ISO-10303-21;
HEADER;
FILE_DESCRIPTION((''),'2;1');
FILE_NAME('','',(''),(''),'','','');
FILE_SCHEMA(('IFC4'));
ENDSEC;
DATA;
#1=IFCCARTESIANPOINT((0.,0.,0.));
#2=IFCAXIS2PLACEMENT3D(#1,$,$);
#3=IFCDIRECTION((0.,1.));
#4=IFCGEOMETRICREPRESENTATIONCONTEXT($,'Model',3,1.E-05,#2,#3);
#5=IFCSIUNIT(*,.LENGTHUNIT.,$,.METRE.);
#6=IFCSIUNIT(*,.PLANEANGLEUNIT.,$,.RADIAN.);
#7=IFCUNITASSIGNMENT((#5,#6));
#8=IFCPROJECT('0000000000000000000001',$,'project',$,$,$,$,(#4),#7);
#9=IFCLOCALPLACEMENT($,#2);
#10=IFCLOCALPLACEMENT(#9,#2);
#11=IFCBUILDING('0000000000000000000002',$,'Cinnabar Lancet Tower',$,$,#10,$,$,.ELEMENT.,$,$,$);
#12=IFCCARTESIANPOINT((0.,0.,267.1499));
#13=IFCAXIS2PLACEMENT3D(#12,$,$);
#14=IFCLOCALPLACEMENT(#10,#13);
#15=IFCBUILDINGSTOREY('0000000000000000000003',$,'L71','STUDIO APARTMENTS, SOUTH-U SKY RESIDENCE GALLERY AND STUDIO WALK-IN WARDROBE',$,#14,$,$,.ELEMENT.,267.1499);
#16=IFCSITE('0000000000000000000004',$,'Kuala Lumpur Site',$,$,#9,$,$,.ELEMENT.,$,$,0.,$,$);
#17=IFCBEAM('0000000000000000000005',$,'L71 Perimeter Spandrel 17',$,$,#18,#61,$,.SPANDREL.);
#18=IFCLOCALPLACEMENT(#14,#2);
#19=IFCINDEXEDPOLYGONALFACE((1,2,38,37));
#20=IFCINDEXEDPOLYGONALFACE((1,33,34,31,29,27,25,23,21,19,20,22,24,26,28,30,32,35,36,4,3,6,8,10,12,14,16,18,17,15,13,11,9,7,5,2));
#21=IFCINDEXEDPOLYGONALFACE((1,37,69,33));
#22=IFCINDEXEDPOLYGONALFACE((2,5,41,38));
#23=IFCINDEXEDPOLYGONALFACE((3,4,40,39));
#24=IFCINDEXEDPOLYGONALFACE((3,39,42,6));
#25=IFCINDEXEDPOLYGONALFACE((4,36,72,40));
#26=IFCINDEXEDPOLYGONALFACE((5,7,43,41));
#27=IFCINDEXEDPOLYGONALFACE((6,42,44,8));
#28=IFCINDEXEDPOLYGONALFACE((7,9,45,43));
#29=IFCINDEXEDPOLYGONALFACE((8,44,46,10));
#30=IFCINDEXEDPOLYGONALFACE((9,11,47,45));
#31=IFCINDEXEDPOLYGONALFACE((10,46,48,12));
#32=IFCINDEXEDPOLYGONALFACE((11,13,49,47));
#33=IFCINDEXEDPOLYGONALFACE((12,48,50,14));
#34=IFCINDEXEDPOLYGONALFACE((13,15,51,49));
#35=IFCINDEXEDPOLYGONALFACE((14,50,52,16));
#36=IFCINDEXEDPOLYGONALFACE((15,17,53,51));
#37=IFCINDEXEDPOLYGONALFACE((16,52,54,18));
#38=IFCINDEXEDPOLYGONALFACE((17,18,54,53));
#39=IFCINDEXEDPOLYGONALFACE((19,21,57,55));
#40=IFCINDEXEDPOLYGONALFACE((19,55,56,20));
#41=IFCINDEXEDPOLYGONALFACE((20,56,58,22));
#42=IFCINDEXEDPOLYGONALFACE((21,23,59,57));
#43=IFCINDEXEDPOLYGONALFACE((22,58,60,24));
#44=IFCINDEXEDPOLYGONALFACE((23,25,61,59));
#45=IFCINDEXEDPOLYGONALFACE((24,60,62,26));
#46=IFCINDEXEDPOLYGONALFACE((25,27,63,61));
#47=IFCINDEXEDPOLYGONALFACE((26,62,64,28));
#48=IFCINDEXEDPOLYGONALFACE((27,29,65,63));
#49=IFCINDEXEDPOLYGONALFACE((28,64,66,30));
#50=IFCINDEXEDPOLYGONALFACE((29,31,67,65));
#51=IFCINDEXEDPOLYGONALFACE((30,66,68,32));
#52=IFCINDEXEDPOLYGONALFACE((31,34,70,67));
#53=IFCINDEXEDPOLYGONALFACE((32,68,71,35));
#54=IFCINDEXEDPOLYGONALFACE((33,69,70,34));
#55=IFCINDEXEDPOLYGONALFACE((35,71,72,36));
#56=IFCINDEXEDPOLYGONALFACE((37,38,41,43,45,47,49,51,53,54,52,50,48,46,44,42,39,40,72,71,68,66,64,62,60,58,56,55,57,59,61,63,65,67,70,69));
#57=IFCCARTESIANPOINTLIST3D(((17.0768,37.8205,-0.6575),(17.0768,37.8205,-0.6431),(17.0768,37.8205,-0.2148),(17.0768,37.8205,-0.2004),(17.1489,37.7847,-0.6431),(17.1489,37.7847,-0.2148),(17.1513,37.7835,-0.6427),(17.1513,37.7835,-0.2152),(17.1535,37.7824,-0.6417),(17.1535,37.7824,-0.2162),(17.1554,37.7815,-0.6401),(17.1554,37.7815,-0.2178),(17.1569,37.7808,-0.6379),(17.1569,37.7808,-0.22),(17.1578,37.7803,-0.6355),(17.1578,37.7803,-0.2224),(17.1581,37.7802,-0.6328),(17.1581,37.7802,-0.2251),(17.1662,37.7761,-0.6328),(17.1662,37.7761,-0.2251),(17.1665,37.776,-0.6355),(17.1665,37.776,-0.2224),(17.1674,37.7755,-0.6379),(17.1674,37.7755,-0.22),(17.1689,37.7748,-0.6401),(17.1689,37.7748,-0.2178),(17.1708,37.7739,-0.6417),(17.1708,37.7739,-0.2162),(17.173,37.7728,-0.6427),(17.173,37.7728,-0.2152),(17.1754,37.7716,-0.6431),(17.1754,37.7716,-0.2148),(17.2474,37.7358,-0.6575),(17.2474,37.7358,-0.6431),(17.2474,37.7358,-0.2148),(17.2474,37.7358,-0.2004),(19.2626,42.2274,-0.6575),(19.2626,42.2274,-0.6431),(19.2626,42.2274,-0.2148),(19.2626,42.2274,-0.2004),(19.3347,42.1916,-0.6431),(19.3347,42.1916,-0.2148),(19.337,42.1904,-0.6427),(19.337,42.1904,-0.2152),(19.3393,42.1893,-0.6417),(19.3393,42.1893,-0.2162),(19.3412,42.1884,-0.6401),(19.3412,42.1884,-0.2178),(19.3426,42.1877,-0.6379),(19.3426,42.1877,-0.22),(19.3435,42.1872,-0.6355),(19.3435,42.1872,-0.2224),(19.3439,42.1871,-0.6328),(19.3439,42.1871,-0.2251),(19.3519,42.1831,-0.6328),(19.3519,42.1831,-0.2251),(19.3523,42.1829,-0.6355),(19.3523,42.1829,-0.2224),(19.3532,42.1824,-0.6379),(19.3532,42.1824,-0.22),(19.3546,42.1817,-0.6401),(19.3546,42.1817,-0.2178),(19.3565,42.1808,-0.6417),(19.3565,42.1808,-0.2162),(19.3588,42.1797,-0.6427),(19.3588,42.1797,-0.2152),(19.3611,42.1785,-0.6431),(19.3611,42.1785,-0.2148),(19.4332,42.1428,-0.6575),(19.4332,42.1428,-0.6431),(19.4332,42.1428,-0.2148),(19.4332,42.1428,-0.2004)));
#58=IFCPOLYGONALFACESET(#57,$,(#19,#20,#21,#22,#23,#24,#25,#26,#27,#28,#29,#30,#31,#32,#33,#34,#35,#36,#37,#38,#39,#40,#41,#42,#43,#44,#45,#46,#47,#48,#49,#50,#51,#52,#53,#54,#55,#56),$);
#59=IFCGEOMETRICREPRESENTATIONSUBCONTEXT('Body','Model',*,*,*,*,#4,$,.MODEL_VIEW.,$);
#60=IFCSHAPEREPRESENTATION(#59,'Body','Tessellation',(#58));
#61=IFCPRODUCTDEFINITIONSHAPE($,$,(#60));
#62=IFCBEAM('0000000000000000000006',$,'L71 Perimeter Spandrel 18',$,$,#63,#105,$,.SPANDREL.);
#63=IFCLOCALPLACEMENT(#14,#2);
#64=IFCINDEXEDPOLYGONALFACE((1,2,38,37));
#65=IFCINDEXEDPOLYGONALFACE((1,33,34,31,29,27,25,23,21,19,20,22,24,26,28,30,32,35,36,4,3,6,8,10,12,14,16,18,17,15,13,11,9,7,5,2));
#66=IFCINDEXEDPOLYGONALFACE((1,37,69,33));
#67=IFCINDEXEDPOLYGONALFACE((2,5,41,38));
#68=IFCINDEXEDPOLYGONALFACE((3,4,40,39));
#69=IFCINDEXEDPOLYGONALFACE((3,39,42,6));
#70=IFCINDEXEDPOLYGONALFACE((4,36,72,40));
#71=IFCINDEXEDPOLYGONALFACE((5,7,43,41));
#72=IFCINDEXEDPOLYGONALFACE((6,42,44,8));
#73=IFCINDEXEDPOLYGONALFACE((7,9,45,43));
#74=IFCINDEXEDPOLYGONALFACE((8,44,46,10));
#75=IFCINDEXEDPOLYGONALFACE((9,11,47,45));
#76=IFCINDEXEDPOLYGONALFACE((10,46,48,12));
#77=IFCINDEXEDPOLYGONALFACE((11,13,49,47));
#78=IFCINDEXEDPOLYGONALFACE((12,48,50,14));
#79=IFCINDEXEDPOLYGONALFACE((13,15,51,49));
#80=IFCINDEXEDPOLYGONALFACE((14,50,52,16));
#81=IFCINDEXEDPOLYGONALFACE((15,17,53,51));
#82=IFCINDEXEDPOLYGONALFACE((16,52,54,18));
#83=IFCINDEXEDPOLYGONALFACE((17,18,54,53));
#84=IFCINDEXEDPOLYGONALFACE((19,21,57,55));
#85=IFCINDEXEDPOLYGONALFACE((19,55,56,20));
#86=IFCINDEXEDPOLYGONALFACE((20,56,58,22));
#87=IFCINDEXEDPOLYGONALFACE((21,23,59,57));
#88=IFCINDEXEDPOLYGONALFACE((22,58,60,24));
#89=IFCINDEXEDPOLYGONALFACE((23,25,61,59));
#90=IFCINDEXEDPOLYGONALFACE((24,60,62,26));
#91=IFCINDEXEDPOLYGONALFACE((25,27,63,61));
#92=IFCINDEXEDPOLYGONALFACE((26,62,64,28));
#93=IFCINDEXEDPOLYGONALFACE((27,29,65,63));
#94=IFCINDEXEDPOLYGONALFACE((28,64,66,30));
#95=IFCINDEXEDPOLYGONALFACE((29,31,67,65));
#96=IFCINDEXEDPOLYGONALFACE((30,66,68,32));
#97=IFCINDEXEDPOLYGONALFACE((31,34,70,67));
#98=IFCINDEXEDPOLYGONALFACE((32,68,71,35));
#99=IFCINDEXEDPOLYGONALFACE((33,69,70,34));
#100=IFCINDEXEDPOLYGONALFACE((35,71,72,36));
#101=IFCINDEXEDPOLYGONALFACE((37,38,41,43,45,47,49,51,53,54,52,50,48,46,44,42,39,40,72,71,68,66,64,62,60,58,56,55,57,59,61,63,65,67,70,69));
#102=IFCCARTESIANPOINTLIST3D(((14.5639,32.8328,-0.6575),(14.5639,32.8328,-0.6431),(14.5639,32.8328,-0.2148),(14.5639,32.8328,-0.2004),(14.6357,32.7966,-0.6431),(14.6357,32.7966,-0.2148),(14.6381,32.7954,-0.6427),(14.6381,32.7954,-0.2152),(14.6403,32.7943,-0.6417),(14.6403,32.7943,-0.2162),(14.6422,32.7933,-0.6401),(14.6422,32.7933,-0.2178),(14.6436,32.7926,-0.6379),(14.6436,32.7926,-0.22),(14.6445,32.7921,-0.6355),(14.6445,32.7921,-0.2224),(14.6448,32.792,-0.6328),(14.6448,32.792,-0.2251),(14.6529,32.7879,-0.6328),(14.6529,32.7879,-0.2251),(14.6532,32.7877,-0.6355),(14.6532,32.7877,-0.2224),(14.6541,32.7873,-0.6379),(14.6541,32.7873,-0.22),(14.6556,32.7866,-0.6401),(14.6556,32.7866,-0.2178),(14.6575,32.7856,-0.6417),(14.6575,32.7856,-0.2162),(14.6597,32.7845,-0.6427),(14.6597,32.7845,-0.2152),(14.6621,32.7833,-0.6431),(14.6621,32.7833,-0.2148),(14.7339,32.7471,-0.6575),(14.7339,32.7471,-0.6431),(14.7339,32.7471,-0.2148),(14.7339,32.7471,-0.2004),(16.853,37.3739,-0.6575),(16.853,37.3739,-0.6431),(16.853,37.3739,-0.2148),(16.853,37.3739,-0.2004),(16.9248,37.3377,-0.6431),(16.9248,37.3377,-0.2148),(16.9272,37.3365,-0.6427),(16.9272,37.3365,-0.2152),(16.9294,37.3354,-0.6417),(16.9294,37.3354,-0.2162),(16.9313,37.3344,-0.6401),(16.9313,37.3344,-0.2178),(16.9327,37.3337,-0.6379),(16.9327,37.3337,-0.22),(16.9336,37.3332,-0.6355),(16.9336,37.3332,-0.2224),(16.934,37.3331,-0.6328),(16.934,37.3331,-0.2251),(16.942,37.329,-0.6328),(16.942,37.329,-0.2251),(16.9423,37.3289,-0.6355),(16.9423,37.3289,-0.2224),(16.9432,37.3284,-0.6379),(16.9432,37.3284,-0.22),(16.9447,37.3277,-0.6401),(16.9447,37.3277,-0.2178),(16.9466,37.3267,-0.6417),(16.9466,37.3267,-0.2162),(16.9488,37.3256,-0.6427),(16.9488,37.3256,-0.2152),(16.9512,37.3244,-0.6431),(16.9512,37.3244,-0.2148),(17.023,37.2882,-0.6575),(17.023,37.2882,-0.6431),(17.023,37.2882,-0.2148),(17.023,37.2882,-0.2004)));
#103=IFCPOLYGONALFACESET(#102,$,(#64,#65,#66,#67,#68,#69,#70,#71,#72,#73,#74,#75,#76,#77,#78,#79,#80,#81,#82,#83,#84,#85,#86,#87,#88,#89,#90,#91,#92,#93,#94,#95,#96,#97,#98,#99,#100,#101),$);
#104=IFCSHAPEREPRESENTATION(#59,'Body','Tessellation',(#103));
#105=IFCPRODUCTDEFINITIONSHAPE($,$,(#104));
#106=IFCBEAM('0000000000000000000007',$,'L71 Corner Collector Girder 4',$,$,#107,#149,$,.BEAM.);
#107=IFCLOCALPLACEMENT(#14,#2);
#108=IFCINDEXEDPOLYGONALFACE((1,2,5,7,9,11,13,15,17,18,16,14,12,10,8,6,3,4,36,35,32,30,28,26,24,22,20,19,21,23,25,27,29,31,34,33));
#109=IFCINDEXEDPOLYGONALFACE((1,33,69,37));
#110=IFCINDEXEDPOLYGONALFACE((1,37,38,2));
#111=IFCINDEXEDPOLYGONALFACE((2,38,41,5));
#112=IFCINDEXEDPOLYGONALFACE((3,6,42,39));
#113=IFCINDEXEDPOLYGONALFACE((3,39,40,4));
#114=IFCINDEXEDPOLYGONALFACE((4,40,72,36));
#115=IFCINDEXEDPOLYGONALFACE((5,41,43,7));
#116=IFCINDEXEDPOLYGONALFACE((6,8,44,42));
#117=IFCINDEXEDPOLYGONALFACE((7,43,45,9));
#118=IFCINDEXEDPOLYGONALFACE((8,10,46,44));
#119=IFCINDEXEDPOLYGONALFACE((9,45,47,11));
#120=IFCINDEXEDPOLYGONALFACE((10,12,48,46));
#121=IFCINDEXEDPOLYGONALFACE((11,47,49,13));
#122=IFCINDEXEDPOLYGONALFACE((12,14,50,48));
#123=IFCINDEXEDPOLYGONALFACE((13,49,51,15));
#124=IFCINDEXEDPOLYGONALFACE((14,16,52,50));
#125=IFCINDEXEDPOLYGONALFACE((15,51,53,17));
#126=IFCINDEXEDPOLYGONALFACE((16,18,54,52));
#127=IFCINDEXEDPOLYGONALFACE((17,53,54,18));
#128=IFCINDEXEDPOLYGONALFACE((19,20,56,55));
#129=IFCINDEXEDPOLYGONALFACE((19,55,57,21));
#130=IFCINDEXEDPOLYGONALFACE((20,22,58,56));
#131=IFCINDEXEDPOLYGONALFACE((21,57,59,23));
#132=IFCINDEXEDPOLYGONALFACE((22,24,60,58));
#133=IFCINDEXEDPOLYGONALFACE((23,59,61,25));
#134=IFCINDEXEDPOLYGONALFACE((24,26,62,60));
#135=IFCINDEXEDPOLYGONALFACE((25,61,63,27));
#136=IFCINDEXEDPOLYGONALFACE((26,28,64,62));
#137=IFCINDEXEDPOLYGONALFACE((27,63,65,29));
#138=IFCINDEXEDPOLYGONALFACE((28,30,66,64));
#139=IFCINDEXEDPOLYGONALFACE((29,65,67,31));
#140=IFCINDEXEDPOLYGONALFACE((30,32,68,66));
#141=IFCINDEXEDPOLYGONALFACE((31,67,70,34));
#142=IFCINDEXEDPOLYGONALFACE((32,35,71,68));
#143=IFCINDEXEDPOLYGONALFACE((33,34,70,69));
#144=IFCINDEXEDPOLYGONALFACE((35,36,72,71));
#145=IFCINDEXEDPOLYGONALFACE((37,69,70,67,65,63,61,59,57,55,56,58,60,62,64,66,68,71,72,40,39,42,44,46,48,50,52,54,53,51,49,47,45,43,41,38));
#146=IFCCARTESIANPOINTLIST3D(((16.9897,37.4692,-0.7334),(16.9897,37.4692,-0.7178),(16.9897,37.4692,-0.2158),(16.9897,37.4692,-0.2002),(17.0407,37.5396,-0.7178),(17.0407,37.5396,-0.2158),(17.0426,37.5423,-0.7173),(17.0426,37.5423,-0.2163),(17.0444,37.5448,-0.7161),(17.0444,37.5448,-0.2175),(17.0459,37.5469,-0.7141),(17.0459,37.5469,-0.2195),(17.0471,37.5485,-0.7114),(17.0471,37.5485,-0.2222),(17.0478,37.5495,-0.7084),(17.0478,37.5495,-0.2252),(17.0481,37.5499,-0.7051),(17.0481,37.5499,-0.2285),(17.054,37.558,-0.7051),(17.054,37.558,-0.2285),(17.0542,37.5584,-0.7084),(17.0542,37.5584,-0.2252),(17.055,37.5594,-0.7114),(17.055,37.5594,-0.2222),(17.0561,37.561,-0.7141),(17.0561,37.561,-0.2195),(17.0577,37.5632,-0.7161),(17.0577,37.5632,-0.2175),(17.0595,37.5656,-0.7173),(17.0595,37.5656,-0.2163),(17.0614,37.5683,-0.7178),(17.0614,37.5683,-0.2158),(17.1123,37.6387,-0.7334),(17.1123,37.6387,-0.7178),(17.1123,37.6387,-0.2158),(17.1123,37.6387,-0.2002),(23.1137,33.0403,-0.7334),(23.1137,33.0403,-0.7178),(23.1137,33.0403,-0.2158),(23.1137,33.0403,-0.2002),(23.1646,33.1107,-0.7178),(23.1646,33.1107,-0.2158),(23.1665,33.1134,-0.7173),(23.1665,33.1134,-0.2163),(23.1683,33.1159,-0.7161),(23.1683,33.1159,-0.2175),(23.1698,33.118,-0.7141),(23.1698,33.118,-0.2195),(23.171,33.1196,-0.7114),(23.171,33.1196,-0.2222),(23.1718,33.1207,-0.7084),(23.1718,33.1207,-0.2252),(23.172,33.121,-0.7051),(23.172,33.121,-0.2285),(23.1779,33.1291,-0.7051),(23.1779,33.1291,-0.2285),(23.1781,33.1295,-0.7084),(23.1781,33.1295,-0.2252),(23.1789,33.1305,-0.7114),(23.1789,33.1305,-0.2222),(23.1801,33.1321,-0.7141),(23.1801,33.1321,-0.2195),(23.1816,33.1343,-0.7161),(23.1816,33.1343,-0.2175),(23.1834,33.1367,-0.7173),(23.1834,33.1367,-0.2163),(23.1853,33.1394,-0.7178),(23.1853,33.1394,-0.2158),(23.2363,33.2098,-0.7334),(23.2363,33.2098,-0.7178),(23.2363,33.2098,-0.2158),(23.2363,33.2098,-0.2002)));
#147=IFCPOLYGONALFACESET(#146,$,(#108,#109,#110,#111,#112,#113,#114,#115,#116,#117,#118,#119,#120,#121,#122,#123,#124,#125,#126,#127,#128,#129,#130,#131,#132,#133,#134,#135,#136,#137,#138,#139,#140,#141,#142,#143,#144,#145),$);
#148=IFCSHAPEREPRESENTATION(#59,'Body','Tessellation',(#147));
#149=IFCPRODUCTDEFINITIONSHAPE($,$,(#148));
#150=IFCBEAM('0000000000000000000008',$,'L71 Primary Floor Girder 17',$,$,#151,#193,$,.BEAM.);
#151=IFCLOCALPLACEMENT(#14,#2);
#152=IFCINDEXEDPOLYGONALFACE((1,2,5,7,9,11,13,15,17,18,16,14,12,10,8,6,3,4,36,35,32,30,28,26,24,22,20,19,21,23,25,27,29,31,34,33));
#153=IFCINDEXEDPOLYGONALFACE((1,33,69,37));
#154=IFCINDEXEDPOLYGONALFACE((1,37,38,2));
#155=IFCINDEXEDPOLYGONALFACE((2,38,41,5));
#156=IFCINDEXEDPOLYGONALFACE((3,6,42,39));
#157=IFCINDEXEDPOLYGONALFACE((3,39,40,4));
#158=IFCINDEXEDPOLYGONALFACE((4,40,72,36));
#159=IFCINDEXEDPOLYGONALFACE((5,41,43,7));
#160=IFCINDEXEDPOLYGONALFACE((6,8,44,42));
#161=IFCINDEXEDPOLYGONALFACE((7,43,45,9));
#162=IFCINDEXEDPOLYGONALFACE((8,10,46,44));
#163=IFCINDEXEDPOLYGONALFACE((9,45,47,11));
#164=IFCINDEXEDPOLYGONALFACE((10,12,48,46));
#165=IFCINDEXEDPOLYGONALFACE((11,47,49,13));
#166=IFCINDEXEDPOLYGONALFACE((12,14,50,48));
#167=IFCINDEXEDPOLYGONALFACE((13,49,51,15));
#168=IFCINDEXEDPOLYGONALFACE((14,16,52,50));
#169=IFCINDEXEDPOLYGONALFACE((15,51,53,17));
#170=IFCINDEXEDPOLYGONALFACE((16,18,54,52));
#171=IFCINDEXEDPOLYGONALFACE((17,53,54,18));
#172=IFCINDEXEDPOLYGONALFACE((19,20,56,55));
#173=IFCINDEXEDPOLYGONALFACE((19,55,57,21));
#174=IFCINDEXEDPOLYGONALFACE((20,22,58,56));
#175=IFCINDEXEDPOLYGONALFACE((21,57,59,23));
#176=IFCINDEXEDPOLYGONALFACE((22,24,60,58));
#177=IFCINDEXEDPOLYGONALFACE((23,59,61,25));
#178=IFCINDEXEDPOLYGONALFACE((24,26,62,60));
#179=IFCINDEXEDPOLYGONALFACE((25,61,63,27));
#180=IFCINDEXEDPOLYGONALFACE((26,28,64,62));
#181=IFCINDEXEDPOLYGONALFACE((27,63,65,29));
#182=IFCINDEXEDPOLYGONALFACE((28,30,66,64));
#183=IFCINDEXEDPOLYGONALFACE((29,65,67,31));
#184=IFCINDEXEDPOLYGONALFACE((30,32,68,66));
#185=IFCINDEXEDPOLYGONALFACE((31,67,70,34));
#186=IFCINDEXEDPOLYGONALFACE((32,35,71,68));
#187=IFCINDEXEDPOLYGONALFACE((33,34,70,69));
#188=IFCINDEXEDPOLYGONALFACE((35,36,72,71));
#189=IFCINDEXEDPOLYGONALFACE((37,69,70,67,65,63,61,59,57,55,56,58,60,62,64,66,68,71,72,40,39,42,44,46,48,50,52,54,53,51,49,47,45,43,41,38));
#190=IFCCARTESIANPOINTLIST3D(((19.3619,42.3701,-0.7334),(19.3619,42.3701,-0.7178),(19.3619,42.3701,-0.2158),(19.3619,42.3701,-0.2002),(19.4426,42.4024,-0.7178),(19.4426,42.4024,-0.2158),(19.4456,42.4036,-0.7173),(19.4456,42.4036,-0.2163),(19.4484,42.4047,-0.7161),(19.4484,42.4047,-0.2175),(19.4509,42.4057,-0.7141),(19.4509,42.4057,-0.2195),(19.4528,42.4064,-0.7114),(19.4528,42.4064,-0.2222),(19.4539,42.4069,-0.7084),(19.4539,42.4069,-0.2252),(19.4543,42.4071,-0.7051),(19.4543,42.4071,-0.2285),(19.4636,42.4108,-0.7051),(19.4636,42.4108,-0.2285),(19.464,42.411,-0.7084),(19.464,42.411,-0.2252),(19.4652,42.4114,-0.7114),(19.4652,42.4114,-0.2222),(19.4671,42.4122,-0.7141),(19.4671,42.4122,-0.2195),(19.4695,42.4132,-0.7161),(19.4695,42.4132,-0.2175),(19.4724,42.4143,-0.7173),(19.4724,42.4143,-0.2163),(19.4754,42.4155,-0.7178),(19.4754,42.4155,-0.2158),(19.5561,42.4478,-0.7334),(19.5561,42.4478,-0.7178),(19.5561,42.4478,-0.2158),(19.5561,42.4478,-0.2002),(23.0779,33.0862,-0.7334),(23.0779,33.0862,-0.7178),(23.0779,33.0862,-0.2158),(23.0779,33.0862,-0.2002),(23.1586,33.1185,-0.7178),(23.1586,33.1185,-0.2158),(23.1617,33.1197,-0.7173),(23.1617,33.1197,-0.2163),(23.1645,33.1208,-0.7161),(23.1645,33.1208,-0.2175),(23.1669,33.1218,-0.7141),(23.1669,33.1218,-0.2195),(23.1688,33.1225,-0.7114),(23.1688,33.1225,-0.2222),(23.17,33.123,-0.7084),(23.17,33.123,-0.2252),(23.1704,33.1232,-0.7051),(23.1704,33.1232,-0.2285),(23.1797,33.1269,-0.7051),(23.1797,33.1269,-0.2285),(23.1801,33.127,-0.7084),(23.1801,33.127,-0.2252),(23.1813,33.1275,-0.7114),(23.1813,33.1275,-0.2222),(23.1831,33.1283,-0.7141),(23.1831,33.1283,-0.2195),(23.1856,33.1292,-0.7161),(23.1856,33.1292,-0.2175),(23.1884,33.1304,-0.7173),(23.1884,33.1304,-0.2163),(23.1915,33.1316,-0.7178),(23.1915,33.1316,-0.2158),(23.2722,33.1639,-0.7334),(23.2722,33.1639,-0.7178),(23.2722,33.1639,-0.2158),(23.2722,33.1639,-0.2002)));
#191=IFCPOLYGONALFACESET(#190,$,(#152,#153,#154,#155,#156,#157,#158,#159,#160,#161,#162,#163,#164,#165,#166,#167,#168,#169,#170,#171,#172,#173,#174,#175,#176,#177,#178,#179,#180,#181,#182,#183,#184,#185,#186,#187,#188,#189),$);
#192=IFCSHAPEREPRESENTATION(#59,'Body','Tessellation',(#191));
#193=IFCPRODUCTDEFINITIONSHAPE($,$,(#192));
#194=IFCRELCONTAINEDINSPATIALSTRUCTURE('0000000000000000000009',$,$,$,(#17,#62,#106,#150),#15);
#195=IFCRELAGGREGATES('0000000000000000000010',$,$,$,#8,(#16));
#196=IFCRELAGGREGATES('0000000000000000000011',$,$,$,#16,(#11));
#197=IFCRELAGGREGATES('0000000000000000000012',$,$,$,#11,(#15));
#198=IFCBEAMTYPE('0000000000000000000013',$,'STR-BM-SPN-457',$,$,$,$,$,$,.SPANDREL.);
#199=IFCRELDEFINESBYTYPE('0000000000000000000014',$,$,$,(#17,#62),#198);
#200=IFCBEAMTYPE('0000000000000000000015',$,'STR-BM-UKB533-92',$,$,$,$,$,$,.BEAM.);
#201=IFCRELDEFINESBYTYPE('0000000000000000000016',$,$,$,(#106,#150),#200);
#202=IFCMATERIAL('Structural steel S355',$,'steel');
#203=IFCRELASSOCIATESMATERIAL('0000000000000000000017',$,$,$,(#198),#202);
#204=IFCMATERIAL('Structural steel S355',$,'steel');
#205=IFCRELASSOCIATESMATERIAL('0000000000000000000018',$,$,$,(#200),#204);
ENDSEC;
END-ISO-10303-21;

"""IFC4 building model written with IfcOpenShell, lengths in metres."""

from ifc_helpers import new_model, si_unit, direction, frame, origin, origin_2d, place, context, subcontext, project, spatial, i_section, extrude, material, material_profile, profile_set, type_object, element, save


model = new_model("IFC4")

# Units and contexts
model_context = context("Model", 3, precision=1e-05, world=origin(), true_north=direction((0.0, 1.0)))
body_context = subcontext(model_context, "Body", "Model", "MODEL_VIEW")
ifc_project = project(units=[si_unit("LENGTHUNIT", "METRE"), si_unit("PLANEANGLEUNIT", "RADIAN")], contexts=[model_context])

# Site, building, storey
site_placement = place(None, origin())
site = spatial("IfcSite", under=ifc_project, at=site_placement, Name="Kuala Lumpur Site", CompositionType="ELEMENT", RefElevation=0.0)
building_placement = place(site_placement, origin())
building = spatial("IfcBuilding", under=site, at=building_placement, Name="Cinnabar Lancet Tower", CompositionType="ELEMENT")
storey_placement = place(building_placement, frame((0.0, 0.0, 267.1499)))
storey = spatial("IfcBuildingStorey", under=building, at=storey_placement, Name="L71", Description="STUDIO APARTMENTS, SOUTH-U SKY RESIDENCE GALLERY AND STUDIO WALK-IN WARDROBE", CompositionType="ELEMENT", Elevation=267.1499)

# Beams
ifc_material_1 = material(Name="Structural steel S355", Category="steel")
ifc_material_profile_1 = material_profile(ifc_material_1, i_section(OverallWidth=0.1904, OverallDepth=0.457, WebThickness=0.009, FlangeThickness=0.0144, FilletRadius=0.0103, at=origin_2d()), Name="UKB 457x191x74")
ifc_profile_set_1 = profile_set([ifc_material_profile_1], Name="Structural steel S355")
beam_type_1 = type_object("IfcBeamType", Name="STR-BM-SPN-457", PredefinedType="SPANDREL", material=ifc_profile_set_1)
beam_1_placement = place(storey_placement, frame((19.3479, 42.1851, -0.429), z_axis=(-0.444333, -0.895862, 0.0), x_axis=(0.895862, -0.444333, 0.0)))
element("IfcBeam", 1, at=beam_1_placement, inside=storey, type_object=beam_type_1, Name="L71 Perimeter Spandrel 17", PredefinedType="SPANDREL", context=body_context, shape_type="SweptSolid", body=[
    extrude(i_section(OverallWidth=0.1904, OverallDepth=0.457, WebThickness=0.009, FlangeThickness=0.0144, FilletRadius=0.0103, at=origin_2d()), origin(), (0.0, 0.0, 1.0), 4.9192),
])
beam_2_placement = place(storey_placement, frame((16.938, 37.3311, -0.429), z_axis=(-0.45013, -0.892963, 0.0), x_axis=(0.892963, -0.45013, 0.0)))
element("IfcBeam", 2, at=beam_2_placement, inside=storey, type_object=beam_type_1, Name="L71 Perimeter Spandrel 18", PredefinedType="SPANDREL", context=body_context, shape_type="SweptSolid", body=[
    extrude(i_section(OverallWidth=0.1904, OverallDepth=0.457, WebThickness=0.009, FlangeThickness=0.0144, FilletRadius=0.0103, at=origin_2d()), origin(), (0.0, 0.0, 1.0), 5.0854),
])
ifc_material_2 = material(Name="Structural steel S355", Category="steel")
ifc_material_profile_2 = material_profile(ifc_material_2, i_section(OverallWidth=0.2092, OverallDepth=0.5332, WebThickness=0.01, FlangeThickness=0.0156, FilletRadius=0.0127, at=origin_2d()), Name="UKB 533x210x92")
ifc_profile_set_2 = profile_set([ifc_material_profile_2], Name="Structural steel S355")
beam_type_2 = type_object("IfcBeamType", Name="STR-BM-UKB533-92", PredefinedType="BEAM", material=ifc_profile_set_2)
beam_3_placement = place(storey_placement, frame((17.051, 37.554, -0.4668), z_axis=(0.810299, -0.586016, 0.0), x_axis=(0.586016, 0.810299, 0.0)))
element("IfcBeam", 3, at=beam_3_placement, inside=storey, type_object=beam_type_2, Name="L71 Corner Collector Girder 4", PredefinedType="BEAM", context=body_context, shape_type="SweptSolid", body=[
    extrude(i_section(OverallWidth=0.2092, OverallDepth=0.5332, WebThickness=0.01, FlangeThickness=0.0156, FilletRadius=0.0127, at=origin_2d()), origin(), (0.0, 0.0, 1.0), 7.5576),
])
beam_4_placement = place(storey_placement, frame((19.459, 42.4089, -0.4668), z_axis=(0.371605, -0.928391, 0.0), x_axis=(0.928391, 0.371605, 0.0)))
element("IfcBeam", 4, at=beam_4_placement, inside=storey, type_object=beam_type_2, Name="L71 Primary Floor Girder 17", PredefinedType="BEAM", context=body_context, shape_type="SweptSolid", body=[
    extrude(i_section(OverallWidth=0.2092, OverallDepth=0.5332, WebThickness=0.01, FlangeThickness=0.0156, FilletRadius=0.0127, at=origin_2d()), origin(), (0.0, 0.0, 1.0), 10.0),
])

save(model, "model.ifc")
